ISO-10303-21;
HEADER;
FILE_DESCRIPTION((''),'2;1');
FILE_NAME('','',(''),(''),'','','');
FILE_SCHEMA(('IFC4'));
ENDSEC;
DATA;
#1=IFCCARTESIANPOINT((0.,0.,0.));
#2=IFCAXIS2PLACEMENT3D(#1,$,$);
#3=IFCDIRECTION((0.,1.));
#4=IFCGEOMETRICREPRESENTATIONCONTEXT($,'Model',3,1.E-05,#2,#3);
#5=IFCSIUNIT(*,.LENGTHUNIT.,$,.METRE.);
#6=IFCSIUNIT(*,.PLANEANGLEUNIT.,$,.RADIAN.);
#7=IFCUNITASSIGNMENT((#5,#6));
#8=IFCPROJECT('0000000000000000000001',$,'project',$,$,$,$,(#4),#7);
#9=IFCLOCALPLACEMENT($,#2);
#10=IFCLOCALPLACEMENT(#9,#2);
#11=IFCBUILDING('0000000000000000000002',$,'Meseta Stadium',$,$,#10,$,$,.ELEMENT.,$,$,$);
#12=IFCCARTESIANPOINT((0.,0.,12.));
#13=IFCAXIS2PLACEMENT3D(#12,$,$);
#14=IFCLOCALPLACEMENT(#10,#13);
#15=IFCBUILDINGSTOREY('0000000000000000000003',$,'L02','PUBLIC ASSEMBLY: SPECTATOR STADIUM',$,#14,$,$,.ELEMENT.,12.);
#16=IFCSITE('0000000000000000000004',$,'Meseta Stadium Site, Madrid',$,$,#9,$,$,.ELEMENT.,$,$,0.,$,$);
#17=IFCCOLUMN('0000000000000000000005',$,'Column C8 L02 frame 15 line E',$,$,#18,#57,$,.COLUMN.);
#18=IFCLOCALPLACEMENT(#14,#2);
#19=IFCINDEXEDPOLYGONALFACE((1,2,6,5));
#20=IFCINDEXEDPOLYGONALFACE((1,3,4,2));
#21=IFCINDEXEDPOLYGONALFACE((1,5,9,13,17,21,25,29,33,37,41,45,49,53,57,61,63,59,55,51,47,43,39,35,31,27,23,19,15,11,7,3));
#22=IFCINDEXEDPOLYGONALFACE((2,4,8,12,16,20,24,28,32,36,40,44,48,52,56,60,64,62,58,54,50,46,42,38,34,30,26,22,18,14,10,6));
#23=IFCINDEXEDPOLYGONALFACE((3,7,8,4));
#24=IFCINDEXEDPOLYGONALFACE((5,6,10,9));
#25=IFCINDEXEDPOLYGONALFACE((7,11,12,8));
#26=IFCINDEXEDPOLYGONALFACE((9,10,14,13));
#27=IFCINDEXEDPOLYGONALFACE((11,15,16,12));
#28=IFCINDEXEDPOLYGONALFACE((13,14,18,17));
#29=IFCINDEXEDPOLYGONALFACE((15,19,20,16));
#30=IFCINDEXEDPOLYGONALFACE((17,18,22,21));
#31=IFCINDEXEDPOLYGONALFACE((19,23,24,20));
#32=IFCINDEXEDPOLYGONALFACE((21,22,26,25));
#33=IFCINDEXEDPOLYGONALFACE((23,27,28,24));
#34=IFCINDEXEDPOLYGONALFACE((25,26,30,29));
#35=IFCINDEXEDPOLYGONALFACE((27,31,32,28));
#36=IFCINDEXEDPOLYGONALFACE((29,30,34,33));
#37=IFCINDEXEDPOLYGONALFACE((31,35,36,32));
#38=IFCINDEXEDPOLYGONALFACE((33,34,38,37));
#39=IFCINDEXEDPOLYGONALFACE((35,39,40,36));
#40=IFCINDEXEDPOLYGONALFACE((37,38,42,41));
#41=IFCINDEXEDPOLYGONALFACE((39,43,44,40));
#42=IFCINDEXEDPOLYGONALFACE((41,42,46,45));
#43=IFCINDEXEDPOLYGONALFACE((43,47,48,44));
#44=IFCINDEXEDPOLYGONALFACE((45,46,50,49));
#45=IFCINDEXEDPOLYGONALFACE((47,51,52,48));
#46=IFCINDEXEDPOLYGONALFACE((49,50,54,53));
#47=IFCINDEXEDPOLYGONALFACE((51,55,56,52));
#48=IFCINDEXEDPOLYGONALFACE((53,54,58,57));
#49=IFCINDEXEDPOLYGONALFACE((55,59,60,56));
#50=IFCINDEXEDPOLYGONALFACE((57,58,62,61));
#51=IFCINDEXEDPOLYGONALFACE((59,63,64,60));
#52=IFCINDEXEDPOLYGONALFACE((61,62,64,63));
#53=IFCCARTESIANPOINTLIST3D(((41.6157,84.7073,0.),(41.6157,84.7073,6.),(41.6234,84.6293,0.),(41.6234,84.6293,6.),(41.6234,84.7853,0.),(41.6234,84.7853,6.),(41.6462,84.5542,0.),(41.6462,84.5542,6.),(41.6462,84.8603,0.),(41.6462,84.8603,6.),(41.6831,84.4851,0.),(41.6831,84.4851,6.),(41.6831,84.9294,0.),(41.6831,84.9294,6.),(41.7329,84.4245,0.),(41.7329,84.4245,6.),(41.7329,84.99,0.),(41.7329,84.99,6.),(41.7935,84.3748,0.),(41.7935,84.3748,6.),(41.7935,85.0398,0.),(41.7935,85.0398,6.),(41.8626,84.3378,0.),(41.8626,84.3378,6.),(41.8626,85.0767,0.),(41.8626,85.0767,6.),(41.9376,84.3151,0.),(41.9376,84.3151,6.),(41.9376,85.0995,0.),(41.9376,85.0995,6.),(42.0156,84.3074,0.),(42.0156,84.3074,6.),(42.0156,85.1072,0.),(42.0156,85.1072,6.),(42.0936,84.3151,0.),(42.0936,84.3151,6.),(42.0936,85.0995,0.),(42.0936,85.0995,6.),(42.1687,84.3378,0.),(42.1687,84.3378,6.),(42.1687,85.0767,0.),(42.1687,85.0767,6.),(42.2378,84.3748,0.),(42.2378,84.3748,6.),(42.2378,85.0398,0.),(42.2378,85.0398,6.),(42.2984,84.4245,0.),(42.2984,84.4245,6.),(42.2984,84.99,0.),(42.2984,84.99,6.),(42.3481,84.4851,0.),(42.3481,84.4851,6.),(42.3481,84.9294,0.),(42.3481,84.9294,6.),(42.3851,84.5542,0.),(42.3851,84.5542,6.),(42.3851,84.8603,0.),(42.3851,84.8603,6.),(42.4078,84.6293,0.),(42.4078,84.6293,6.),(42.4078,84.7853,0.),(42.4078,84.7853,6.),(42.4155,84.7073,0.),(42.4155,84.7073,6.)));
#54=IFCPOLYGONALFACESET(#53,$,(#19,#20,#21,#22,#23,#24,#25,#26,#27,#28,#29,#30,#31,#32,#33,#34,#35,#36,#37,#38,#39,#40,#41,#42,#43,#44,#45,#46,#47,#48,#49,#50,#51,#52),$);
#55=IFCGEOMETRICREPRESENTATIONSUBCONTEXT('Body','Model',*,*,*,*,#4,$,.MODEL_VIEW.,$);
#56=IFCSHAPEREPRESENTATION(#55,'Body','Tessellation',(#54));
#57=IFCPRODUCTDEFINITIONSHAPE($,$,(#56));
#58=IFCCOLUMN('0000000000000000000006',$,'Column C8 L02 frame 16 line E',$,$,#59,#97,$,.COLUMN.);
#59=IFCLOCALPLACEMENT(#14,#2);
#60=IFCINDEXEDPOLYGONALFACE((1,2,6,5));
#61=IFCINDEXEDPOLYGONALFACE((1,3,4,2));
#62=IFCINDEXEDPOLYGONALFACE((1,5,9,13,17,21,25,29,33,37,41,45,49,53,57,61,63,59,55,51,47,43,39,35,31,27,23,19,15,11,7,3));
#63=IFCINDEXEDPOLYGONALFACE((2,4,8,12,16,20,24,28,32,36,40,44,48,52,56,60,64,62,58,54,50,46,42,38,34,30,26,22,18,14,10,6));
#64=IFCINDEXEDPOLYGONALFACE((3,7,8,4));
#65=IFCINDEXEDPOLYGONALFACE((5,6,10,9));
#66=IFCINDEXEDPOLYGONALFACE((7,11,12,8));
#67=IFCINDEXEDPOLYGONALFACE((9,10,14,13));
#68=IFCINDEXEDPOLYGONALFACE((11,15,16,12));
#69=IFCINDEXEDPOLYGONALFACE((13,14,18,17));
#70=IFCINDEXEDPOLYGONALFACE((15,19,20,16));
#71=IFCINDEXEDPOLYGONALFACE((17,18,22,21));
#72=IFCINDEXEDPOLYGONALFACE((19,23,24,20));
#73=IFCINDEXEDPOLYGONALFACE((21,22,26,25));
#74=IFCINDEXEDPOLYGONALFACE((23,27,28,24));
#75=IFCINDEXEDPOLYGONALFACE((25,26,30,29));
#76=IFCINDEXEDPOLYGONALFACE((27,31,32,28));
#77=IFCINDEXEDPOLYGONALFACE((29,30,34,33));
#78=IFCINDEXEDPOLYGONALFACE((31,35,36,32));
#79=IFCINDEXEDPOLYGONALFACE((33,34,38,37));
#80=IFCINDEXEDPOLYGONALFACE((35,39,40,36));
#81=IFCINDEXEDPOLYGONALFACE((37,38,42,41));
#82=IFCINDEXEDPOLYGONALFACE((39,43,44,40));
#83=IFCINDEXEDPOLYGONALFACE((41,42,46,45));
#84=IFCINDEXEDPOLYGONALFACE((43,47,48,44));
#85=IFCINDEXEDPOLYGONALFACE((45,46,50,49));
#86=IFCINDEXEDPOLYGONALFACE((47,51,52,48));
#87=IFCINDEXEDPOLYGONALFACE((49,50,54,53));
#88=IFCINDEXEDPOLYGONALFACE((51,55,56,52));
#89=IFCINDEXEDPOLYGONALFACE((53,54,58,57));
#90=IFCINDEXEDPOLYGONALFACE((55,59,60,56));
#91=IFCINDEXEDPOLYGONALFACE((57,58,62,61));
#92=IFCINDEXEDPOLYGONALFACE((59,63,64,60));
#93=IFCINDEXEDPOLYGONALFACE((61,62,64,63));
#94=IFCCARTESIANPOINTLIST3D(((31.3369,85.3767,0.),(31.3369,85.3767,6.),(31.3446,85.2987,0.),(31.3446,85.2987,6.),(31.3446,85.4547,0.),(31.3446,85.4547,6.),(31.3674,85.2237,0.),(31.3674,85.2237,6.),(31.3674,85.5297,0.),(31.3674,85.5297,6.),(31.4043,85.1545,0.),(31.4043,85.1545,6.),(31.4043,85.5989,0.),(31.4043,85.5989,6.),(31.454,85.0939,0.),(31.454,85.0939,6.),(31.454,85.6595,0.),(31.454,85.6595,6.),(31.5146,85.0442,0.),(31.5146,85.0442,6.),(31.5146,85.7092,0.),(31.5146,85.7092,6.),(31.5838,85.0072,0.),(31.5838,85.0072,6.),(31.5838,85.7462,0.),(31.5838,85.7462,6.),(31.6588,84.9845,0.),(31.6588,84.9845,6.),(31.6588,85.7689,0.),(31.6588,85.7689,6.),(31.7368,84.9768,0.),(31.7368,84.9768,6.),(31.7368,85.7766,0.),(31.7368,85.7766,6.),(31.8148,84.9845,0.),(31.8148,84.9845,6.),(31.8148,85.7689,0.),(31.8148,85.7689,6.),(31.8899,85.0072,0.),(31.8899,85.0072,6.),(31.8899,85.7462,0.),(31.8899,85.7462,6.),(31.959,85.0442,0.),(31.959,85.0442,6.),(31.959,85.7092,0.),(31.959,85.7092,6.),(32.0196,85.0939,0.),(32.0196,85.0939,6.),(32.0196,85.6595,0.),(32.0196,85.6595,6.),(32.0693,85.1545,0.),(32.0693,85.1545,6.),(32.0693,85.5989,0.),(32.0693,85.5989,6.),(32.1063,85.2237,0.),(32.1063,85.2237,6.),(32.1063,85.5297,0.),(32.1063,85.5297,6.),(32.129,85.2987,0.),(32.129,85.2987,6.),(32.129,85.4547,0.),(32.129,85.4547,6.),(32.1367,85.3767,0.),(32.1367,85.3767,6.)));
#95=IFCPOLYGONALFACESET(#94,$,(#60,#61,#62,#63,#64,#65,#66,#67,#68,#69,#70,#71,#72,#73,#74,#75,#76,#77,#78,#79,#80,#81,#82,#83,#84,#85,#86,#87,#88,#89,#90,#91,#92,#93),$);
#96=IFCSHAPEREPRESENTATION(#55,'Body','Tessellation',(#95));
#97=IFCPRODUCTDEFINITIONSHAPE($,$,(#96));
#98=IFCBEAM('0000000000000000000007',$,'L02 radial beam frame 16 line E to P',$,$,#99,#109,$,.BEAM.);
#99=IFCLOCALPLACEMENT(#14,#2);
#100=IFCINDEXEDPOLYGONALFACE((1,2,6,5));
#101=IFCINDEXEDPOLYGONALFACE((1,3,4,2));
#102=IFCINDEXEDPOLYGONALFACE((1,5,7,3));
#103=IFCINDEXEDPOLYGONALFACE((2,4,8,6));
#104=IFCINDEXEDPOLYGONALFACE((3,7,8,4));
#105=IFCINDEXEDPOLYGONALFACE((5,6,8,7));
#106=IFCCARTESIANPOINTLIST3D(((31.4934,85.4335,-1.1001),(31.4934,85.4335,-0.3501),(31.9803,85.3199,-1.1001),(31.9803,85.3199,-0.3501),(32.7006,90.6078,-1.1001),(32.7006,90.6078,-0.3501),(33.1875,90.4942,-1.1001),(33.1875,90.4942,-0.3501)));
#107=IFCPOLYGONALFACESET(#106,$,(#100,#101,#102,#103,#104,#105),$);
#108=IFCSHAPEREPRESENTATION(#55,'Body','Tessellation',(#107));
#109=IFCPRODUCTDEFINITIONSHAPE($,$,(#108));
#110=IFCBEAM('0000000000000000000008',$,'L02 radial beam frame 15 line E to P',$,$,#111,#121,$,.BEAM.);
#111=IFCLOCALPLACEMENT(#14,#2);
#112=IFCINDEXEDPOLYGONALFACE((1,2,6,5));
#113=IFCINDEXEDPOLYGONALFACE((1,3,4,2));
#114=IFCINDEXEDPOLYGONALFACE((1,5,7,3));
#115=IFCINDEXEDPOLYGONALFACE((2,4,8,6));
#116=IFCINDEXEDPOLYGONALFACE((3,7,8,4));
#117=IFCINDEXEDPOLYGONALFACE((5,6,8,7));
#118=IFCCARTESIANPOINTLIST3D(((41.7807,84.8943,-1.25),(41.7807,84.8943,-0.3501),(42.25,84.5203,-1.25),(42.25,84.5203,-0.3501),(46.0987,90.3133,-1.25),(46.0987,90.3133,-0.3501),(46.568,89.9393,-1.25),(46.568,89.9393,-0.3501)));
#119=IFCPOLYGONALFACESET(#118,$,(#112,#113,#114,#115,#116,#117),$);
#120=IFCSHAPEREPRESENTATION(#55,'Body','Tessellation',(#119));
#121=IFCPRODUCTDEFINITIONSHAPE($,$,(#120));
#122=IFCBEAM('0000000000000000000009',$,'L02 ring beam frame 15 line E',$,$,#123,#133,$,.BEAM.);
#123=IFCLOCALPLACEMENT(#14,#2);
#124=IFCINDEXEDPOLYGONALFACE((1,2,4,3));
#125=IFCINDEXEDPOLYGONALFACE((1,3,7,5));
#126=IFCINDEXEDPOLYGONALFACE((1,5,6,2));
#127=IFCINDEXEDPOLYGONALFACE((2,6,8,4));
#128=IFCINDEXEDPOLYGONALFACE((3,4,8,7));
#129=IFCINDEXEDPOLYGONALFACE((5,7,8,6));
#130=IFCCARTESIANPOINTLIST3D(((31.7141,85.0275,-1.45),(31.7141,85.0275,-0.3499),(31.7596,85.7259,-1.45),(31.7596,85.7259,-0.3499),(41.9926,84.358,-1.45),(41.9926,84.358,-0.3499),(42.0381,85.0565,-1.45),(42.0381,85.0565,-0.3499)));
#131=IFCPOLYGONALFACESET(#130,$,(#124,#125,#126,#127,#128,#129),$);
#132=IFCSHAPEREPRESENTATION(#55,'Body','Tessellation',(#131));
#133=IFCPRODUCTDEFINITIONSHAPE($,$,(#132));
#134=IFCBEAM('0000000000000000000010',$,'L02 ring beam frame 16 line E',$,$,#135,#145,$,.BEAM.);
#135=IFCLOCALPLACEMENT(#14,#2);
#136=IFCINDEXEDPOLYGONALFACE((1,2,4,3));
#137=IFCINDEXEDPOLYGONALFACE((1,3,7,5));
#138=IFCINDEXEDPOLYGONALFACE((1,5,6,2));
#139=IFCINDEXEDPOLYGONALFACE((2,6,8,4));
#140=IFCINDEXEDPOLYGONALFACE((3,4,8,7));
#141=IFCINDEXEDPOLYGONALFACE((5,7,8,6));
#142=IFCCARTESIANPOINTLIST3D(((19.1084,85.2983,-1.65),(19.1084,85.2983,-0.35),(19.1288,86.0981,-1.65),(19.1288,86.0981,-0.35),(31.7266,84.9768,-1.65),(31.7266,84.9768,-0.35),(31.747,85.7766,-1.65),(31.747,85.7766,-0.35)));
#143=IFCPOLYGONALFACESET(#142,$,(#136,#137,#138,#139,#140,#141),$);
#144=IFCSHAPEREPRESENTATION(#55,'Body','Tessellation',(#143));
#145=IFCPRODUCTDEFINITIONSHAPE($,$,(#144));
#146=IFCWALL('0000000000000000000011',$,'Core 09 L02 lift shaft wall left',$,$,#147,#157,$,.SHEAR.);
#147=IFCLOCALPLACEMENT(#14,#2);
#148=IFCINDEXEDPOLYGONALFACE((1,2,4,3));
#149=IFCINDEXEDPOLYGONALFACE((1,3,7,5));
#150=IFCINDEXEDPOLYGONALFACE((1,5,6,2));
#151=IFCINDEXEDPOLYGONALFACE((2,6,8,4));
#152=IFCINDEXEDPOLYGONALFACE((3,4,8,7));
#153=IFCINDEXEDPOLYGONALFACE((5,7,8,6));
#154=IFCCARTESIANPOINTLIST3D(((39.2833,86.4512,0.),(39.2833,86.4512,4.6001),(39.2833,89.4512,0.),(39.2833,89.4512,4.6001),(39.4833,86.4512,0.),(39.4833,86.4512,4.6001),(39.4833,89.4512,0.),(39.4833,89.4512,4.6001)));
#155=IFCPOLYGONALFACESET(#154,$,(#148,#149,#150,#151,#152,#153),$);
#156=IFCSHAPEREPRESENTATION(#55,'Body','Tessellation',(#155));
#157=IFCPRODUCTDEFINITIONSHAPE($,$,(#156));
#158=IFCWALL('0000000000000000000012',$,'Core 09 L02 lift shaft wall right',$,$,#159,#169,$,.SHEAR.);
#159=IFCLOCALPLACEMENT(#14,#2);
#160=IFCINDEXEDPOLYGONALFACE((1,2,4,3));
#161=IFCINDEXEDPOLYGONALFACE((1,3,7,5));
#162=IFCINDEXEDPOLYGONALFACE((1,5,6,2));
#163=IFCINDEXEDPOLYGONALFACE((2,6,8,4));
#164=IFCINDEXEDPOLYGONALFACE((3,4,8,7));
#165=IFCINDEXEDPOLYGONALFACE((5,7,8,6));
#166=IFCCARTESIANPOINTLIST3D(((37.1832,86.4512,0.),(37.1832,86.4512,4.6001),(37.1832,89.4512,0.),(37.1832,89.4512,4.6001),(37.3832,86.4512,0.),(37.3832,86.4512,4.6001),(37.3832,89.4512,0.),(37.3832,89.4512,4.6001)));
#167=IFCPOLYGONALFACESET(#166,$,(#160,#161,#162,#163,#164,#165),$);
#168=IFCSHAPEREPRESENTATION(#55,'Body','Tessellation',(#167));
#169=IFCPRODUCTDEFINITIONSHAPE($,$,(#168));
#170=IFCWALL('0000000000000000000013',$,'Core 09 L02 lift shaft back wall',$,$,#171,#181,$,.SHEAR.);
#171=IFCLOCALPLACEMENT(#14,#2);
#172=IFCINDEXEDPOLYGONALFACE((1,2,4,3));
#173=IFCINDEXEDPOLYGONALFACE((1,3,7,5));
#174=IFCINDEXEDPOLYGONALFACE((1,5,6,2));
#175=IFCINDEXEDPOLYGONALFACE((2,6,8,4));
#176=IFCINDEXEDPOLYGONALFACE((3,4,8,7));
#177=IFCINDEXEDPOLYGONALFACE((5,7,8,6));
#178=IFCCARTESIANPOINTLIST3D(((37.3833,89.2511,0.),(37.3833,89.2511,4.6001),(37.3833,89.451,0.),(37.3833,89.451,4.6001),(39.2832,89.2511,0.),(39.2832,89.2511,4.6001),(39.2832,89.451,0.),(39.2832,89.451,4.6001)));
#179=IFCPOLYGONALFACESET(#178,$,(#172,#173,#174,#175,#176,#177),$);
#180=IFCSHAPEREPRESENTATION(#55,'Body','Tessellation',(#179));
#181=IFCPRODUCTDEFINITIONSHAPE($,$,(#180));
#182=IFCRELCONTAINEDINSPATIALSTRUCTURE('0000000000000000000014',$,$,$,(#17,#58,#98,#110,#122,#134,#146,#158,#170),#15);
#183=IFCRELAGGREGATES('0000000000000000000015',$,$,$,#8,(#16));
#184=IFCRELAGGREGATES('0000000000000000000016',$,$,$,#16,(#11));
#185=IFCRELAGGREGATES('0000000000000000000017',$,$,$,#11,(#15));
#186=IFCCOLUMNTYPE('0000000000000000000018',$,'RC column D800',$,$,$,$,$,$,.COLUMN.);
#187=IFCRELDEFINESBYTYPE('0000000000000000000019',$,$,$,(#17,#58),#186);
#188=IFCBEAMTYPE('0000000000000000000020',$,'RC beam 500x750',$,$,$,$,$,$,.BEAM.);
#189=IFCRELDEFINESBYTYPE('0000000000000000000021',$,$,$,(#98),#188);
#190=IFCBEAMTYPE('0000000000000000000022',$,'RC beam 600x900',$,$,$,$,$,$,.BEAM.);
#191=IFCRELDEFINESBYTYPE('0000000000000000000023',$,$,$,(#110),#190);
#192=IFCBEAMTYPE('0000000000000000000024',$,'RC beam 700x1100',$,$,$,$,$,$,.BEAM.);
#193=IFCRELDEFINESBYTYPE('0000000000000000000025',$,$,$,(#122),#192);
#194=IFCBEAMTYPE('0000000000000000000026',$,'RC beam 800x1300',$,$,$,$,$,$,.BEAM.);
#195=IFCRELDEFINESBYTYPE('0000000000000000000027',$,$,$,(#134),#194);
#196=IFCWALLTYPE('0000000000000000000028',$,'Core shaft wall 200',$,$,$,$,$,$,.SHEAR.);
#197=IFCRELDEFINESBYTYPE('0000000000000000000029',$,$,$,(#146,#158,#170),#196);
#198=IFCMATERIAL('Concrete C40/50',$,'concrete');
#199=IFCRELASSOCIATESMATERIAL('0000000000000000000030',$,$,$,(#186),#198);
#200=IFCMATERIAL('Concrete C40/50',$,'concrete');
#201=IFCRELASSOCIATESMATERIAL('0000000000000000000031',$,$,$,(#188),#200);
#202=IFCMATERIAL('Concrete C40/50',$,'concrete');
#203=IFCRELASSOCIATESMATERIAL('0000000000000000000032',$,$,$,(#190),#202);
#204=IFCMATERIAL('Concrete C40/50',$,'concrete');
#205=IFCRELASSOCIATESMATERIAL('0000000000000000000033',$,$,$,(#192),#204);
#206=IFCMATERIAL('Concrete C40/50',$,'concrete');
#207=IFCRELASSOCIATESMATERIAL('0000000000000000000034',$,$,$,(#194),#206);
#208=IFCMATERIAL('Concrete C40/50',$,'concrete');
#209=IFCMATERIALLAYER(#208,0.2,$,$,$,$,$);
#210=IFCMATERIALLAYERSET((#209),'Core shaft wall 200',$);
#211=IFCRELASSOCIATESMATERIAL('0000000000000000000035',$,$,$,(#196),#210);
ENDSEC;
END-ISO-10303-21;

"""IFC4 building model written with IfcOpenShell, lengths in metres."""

from ifc_helpers import new_model, si_unit, direction, frame, frame_2d, origin, origin_2d, place, context, subcontext, project, spatial, rectangle, circle, extrude, material, layer, layer_set, material_profile, profile_set, type_object, element, save


model = new_model("IFC4")

# Units and contexts
model_context = context("Model", 3, precision=1e-05, world=origin(), true_north=direction((0.0, 1.0)))
body_context = subcontext(model_context, "Body", "Model", "MODEL_VIEW")
ifc_project = project(units=[si_unit("LENGTHUNIT", "METRE"), si_unit("PLANEANGLEUNIT", "RADIAN")], contexts=[model_context])

# Site, building, storey
site_placement = place(None, origin())
site = spatial("IfcSite", under=ifc_project, at=site_placement, Name="Meseta Stadium Site, Madrid", CompositionType="ELEMENT", RefElevation=0.0)
building_placement = place(site_placement, origin())
building = spatial("IfcBuilding", under=site, at=building_placement, Name="Meseta Stadium", CompositionType="ELEMENT")
storey_placement = place(building_placement, frame((0.0, 0.0, 12.0)))
storey = spatial("IfcBuildingStorey", under=building, at=storey_placement, Name="L02", Description="PUBLIC ASSEMBLY: SPECTATOR STADIUM", CompositionType="ELEMENT", Elevation=12.0)

# Columns
ifc_material_1 = material(Name="Concrete C40/50", Category="concrete")
ifc_material_profile_1 = material_profile(ifc_material_1, circle(Radius=0.3999, at=origin_2d()), Name="RC D800")
ifc_profile_set_1 = profile_set([ifc_material_profile_1], Name="Concrete C40/50")
column_type = type_object("IfcColumnType", Name="RC column D800", PredefinedType="COLUMN", material=ifc_profile_set_1)
for number, where, z_axis, x_axis, name in (
    (1, (42.0156, 84.7073, 0.0), (0.0, 0.0, 1.0), (1.0, 0.0, 0.0), "Column C8 L02 frame 15 line E"),
    (2, (31.7368, 85.3767, 0.0), (0.0, 0.0, 1.0), (1.0, 0.0, 0.0), "Column C8 L02 frame 16 line E"),
):
    element("IfcColumn", number, at=place(storey_placement, frame(where, z_axis=z_axis, x_axis=x_axis)), inside=storey, type_object=column_type, Name=name, PredefinedType="COLUMN", context=body_context, shape_type="SweptSolid", body=[
        extrude(circle(Radius=0.3999, at=origin_2d()), origin(), (0.0, 0.0, 1.0), 6.0),
    ])

# Beams
ifc_material_2 = material(Name="Concrete C40/50", Category="concrete")
ifc_material_profile_2 = material_profile(ifc_material_2, rectangle(XDim=0.5, YDim=0.75, at=origin_2d()), Name="RC 500x750")
ifc_profile_set_2 = profile_set([ifc_material_profile_2], Name="Concrete C40/50")
beam_type_1 = type_object("IfcBeamType", Name="RC beam 500x750", PredefinedType="BEAM", material=ifc_profile_set_2)
beam_1_placement = place(storey_placement, frame((31.7368, 85.3767, -0.7251), z_axis=(0.227218, 0.973844, 0.0), x_axis=(-0.973844, 0.227218, 0.0)))
element("IfcBeam", 3, at=beam_1_placement, inside=storey, type_object=beam_type_1, Name="L02 radial beam frame 16 line E to P", PredefinedType="BEAM", context=body_context, shape_type="SweptSolid", body=[
    extrude(rectangle(XDim=0.5, YDim=0.75, at=origin_2d()), origin(), (0.0, 0.0, 1.0), 5.3132),
])
ifc_material_3 = material(Name="Concrete C40/50", Category="concrete")
ifc_material_profile_3 = material_profile(ifc_material_3, rectangle(XDim=0.6001, YDim=0.8999, at=origin_2d()), Name="RC 600x900")
ifc_profile_set_3 = profile_set([ifc_material_profile_3], Name="Concrete C40/50")
beam_type_2 = type_object("IfcBeamType", Name="RC beam 600x900", PredefinedType="BEAM", material=ifc_profile_set_3)
beam_2_placement = place(storey_placement, frame((42.0154, 84.7073, -0.8), z_axis=(0.623173, 0.782084, 0.0), x_axis=(-0.782084, 0.623173, 0.0)))
element("IfcBeam", 4, at=beam_2_placement, inside=storey, type_object=beam_type_2, Name="L02 radial beam frame 15 line E to P", PredefinedType="BEAM", context=body_context, shape_type="SweptSolid", body=[
    extrude(rectangle(XDim=0.6001, YDim=0.8999, at=origin_2d()), origin(), (0.0, 0.0, 1.0), 6.929),
])
ifc_material_4 = material(Name="Concrete C40/50", Category="concrete")
ifc_material_profile_4 = material_profile(ifc_material_4, rectangle(XDim=0.7, YDim=1.1001, at=origin_2d()), Name="RC 700x1100")
ifc_profile_set_4 = profile_set([ifc_material_profile_4], Name="Concrete C40/50")
beam_type_3 = type_object("IfcBeamType", Name="RC beam 700x1100", PredefinedType="BEAM", material=ifc_profile_set_4)
beam_3_placement = place(storey_placement, frame((42.0154, 84.7073, -0.8999), z_axis=(-0.997886, 0.064991, 0.0), x_axis=(-0.064991, -0.997886, 0.0)))
element("IfcBeam", 5, at=beam_3_placement, inside=storey, type_object=beam_type_3, Name="L02 ring beam frame 15 line E", PredefinedType="BEAM", context=body_context, shape_type="SweptSolid", body=[
    extrude(rectangle(XDim=0.7, YDim=1.1001, at=origin_2d()), origin(), (0.0, 0.0, 1.0), 10.3003),
])
ifc_material_5 = material(Name="Concrete C40/50", Category="concrete")
ifc_material_profile_5 = material_profile(ifc_material_5, rectangle(XDim=0.8, YDim=1.3, at=origin_2d()), Name="RC 800x1300")
ifc_profile_set_5 = profile_set([ifc_material_profile_5], Name="Concrete C40/50")
beam_type_4 = type_object("IfcBeamType", Name="RC beam 800x1300", PredefinedType="BEAM", material=ifc_profile_set_5)
beam_4_placement = place(storey_placement, frame((31.7368, 85.3767, -1.0), z_axis=(-0.999675, 0.025474, 0.0), x_axis=(-0.025474, -0.999675, 0.0)))
element("IfcBeam", 6, at=beam_4_placement, inside=storey, type_object=beam_type_4, Name="L02 ring beam frame 16 line E", PredefinedType="BEAM", context=body_context, shape_type="SweptSolid", body=[
    extrude(rectangle(XDim=0.8, YDim=1.3, at=origin_2d()), origin(), (0.0, 0.0, 1.0), 12.6223),
])

# Walls
ifc_material_6 = material(Name="Concrete C40/50", Category="concrete")
ifc_layer_1 = layer(ifc_material_6, 0.2)
ifc_layer_set_1 = layer_set([ifc_layer_1], Name="Core shaft wall 200")
wall_type_1 = type_object("IfcWallType", Name="Core shaft wall 200", PredefinedType="SHEAR", material=ifc_layer_set_1)
for number, where, z_axis, x_axis, name in (
    (7, (39.3833, 89.4512, 0.0), (0.0, 0.0, 1.0), (0.0, -1.0, 0.0), "Core 09 L02 lift shaft wall left"),
    (8, (37.2832, 89.4512, 0.0), (0.0, 0.0, 1.0), (0.0, -1.0, 0.0), "Core 09 L02 lift shaft wall right"),
):
    element("IfcWall", number, at=place(storey_placement, frame(where, z_axis=z_axis, x_axis=x_axis)), inside=storey, type_object=wall_type_1, Name=name, PredefinedType="SHEAR", context=body_context, shape_type="SweptSolid", body=[
        extrude(rectangle(XDim=3.0, YDim=0.2, at=frame_2d((1.5, 0.0))), origin(), (0.0, 0.0, 1.0), 4.6001),
    ])
wall_1_placement = place(storey_placement, frame((39.2832, 89.3511, 0.0), z_axis=(0.0, 0.0, 1.0), x_axis=(-1.0, 0.0, 0.0)))
element("IfcWall", 9, at=wall_1_placement, inside=storey, type_object=wall_type_1, Name="Core 09 L02 lift shaft back wall", PredefinedType="SHEAR", context=body_context, shape_type="SweptSolid", body=[
    extrude(rectangle(XDim=1.8999, YDim=0.2, at=frame_2d((0.95, 0.0))), origin(), (0.0, 0.0, 1.0), 4.6001),
])

save(model, "model.ifc")
